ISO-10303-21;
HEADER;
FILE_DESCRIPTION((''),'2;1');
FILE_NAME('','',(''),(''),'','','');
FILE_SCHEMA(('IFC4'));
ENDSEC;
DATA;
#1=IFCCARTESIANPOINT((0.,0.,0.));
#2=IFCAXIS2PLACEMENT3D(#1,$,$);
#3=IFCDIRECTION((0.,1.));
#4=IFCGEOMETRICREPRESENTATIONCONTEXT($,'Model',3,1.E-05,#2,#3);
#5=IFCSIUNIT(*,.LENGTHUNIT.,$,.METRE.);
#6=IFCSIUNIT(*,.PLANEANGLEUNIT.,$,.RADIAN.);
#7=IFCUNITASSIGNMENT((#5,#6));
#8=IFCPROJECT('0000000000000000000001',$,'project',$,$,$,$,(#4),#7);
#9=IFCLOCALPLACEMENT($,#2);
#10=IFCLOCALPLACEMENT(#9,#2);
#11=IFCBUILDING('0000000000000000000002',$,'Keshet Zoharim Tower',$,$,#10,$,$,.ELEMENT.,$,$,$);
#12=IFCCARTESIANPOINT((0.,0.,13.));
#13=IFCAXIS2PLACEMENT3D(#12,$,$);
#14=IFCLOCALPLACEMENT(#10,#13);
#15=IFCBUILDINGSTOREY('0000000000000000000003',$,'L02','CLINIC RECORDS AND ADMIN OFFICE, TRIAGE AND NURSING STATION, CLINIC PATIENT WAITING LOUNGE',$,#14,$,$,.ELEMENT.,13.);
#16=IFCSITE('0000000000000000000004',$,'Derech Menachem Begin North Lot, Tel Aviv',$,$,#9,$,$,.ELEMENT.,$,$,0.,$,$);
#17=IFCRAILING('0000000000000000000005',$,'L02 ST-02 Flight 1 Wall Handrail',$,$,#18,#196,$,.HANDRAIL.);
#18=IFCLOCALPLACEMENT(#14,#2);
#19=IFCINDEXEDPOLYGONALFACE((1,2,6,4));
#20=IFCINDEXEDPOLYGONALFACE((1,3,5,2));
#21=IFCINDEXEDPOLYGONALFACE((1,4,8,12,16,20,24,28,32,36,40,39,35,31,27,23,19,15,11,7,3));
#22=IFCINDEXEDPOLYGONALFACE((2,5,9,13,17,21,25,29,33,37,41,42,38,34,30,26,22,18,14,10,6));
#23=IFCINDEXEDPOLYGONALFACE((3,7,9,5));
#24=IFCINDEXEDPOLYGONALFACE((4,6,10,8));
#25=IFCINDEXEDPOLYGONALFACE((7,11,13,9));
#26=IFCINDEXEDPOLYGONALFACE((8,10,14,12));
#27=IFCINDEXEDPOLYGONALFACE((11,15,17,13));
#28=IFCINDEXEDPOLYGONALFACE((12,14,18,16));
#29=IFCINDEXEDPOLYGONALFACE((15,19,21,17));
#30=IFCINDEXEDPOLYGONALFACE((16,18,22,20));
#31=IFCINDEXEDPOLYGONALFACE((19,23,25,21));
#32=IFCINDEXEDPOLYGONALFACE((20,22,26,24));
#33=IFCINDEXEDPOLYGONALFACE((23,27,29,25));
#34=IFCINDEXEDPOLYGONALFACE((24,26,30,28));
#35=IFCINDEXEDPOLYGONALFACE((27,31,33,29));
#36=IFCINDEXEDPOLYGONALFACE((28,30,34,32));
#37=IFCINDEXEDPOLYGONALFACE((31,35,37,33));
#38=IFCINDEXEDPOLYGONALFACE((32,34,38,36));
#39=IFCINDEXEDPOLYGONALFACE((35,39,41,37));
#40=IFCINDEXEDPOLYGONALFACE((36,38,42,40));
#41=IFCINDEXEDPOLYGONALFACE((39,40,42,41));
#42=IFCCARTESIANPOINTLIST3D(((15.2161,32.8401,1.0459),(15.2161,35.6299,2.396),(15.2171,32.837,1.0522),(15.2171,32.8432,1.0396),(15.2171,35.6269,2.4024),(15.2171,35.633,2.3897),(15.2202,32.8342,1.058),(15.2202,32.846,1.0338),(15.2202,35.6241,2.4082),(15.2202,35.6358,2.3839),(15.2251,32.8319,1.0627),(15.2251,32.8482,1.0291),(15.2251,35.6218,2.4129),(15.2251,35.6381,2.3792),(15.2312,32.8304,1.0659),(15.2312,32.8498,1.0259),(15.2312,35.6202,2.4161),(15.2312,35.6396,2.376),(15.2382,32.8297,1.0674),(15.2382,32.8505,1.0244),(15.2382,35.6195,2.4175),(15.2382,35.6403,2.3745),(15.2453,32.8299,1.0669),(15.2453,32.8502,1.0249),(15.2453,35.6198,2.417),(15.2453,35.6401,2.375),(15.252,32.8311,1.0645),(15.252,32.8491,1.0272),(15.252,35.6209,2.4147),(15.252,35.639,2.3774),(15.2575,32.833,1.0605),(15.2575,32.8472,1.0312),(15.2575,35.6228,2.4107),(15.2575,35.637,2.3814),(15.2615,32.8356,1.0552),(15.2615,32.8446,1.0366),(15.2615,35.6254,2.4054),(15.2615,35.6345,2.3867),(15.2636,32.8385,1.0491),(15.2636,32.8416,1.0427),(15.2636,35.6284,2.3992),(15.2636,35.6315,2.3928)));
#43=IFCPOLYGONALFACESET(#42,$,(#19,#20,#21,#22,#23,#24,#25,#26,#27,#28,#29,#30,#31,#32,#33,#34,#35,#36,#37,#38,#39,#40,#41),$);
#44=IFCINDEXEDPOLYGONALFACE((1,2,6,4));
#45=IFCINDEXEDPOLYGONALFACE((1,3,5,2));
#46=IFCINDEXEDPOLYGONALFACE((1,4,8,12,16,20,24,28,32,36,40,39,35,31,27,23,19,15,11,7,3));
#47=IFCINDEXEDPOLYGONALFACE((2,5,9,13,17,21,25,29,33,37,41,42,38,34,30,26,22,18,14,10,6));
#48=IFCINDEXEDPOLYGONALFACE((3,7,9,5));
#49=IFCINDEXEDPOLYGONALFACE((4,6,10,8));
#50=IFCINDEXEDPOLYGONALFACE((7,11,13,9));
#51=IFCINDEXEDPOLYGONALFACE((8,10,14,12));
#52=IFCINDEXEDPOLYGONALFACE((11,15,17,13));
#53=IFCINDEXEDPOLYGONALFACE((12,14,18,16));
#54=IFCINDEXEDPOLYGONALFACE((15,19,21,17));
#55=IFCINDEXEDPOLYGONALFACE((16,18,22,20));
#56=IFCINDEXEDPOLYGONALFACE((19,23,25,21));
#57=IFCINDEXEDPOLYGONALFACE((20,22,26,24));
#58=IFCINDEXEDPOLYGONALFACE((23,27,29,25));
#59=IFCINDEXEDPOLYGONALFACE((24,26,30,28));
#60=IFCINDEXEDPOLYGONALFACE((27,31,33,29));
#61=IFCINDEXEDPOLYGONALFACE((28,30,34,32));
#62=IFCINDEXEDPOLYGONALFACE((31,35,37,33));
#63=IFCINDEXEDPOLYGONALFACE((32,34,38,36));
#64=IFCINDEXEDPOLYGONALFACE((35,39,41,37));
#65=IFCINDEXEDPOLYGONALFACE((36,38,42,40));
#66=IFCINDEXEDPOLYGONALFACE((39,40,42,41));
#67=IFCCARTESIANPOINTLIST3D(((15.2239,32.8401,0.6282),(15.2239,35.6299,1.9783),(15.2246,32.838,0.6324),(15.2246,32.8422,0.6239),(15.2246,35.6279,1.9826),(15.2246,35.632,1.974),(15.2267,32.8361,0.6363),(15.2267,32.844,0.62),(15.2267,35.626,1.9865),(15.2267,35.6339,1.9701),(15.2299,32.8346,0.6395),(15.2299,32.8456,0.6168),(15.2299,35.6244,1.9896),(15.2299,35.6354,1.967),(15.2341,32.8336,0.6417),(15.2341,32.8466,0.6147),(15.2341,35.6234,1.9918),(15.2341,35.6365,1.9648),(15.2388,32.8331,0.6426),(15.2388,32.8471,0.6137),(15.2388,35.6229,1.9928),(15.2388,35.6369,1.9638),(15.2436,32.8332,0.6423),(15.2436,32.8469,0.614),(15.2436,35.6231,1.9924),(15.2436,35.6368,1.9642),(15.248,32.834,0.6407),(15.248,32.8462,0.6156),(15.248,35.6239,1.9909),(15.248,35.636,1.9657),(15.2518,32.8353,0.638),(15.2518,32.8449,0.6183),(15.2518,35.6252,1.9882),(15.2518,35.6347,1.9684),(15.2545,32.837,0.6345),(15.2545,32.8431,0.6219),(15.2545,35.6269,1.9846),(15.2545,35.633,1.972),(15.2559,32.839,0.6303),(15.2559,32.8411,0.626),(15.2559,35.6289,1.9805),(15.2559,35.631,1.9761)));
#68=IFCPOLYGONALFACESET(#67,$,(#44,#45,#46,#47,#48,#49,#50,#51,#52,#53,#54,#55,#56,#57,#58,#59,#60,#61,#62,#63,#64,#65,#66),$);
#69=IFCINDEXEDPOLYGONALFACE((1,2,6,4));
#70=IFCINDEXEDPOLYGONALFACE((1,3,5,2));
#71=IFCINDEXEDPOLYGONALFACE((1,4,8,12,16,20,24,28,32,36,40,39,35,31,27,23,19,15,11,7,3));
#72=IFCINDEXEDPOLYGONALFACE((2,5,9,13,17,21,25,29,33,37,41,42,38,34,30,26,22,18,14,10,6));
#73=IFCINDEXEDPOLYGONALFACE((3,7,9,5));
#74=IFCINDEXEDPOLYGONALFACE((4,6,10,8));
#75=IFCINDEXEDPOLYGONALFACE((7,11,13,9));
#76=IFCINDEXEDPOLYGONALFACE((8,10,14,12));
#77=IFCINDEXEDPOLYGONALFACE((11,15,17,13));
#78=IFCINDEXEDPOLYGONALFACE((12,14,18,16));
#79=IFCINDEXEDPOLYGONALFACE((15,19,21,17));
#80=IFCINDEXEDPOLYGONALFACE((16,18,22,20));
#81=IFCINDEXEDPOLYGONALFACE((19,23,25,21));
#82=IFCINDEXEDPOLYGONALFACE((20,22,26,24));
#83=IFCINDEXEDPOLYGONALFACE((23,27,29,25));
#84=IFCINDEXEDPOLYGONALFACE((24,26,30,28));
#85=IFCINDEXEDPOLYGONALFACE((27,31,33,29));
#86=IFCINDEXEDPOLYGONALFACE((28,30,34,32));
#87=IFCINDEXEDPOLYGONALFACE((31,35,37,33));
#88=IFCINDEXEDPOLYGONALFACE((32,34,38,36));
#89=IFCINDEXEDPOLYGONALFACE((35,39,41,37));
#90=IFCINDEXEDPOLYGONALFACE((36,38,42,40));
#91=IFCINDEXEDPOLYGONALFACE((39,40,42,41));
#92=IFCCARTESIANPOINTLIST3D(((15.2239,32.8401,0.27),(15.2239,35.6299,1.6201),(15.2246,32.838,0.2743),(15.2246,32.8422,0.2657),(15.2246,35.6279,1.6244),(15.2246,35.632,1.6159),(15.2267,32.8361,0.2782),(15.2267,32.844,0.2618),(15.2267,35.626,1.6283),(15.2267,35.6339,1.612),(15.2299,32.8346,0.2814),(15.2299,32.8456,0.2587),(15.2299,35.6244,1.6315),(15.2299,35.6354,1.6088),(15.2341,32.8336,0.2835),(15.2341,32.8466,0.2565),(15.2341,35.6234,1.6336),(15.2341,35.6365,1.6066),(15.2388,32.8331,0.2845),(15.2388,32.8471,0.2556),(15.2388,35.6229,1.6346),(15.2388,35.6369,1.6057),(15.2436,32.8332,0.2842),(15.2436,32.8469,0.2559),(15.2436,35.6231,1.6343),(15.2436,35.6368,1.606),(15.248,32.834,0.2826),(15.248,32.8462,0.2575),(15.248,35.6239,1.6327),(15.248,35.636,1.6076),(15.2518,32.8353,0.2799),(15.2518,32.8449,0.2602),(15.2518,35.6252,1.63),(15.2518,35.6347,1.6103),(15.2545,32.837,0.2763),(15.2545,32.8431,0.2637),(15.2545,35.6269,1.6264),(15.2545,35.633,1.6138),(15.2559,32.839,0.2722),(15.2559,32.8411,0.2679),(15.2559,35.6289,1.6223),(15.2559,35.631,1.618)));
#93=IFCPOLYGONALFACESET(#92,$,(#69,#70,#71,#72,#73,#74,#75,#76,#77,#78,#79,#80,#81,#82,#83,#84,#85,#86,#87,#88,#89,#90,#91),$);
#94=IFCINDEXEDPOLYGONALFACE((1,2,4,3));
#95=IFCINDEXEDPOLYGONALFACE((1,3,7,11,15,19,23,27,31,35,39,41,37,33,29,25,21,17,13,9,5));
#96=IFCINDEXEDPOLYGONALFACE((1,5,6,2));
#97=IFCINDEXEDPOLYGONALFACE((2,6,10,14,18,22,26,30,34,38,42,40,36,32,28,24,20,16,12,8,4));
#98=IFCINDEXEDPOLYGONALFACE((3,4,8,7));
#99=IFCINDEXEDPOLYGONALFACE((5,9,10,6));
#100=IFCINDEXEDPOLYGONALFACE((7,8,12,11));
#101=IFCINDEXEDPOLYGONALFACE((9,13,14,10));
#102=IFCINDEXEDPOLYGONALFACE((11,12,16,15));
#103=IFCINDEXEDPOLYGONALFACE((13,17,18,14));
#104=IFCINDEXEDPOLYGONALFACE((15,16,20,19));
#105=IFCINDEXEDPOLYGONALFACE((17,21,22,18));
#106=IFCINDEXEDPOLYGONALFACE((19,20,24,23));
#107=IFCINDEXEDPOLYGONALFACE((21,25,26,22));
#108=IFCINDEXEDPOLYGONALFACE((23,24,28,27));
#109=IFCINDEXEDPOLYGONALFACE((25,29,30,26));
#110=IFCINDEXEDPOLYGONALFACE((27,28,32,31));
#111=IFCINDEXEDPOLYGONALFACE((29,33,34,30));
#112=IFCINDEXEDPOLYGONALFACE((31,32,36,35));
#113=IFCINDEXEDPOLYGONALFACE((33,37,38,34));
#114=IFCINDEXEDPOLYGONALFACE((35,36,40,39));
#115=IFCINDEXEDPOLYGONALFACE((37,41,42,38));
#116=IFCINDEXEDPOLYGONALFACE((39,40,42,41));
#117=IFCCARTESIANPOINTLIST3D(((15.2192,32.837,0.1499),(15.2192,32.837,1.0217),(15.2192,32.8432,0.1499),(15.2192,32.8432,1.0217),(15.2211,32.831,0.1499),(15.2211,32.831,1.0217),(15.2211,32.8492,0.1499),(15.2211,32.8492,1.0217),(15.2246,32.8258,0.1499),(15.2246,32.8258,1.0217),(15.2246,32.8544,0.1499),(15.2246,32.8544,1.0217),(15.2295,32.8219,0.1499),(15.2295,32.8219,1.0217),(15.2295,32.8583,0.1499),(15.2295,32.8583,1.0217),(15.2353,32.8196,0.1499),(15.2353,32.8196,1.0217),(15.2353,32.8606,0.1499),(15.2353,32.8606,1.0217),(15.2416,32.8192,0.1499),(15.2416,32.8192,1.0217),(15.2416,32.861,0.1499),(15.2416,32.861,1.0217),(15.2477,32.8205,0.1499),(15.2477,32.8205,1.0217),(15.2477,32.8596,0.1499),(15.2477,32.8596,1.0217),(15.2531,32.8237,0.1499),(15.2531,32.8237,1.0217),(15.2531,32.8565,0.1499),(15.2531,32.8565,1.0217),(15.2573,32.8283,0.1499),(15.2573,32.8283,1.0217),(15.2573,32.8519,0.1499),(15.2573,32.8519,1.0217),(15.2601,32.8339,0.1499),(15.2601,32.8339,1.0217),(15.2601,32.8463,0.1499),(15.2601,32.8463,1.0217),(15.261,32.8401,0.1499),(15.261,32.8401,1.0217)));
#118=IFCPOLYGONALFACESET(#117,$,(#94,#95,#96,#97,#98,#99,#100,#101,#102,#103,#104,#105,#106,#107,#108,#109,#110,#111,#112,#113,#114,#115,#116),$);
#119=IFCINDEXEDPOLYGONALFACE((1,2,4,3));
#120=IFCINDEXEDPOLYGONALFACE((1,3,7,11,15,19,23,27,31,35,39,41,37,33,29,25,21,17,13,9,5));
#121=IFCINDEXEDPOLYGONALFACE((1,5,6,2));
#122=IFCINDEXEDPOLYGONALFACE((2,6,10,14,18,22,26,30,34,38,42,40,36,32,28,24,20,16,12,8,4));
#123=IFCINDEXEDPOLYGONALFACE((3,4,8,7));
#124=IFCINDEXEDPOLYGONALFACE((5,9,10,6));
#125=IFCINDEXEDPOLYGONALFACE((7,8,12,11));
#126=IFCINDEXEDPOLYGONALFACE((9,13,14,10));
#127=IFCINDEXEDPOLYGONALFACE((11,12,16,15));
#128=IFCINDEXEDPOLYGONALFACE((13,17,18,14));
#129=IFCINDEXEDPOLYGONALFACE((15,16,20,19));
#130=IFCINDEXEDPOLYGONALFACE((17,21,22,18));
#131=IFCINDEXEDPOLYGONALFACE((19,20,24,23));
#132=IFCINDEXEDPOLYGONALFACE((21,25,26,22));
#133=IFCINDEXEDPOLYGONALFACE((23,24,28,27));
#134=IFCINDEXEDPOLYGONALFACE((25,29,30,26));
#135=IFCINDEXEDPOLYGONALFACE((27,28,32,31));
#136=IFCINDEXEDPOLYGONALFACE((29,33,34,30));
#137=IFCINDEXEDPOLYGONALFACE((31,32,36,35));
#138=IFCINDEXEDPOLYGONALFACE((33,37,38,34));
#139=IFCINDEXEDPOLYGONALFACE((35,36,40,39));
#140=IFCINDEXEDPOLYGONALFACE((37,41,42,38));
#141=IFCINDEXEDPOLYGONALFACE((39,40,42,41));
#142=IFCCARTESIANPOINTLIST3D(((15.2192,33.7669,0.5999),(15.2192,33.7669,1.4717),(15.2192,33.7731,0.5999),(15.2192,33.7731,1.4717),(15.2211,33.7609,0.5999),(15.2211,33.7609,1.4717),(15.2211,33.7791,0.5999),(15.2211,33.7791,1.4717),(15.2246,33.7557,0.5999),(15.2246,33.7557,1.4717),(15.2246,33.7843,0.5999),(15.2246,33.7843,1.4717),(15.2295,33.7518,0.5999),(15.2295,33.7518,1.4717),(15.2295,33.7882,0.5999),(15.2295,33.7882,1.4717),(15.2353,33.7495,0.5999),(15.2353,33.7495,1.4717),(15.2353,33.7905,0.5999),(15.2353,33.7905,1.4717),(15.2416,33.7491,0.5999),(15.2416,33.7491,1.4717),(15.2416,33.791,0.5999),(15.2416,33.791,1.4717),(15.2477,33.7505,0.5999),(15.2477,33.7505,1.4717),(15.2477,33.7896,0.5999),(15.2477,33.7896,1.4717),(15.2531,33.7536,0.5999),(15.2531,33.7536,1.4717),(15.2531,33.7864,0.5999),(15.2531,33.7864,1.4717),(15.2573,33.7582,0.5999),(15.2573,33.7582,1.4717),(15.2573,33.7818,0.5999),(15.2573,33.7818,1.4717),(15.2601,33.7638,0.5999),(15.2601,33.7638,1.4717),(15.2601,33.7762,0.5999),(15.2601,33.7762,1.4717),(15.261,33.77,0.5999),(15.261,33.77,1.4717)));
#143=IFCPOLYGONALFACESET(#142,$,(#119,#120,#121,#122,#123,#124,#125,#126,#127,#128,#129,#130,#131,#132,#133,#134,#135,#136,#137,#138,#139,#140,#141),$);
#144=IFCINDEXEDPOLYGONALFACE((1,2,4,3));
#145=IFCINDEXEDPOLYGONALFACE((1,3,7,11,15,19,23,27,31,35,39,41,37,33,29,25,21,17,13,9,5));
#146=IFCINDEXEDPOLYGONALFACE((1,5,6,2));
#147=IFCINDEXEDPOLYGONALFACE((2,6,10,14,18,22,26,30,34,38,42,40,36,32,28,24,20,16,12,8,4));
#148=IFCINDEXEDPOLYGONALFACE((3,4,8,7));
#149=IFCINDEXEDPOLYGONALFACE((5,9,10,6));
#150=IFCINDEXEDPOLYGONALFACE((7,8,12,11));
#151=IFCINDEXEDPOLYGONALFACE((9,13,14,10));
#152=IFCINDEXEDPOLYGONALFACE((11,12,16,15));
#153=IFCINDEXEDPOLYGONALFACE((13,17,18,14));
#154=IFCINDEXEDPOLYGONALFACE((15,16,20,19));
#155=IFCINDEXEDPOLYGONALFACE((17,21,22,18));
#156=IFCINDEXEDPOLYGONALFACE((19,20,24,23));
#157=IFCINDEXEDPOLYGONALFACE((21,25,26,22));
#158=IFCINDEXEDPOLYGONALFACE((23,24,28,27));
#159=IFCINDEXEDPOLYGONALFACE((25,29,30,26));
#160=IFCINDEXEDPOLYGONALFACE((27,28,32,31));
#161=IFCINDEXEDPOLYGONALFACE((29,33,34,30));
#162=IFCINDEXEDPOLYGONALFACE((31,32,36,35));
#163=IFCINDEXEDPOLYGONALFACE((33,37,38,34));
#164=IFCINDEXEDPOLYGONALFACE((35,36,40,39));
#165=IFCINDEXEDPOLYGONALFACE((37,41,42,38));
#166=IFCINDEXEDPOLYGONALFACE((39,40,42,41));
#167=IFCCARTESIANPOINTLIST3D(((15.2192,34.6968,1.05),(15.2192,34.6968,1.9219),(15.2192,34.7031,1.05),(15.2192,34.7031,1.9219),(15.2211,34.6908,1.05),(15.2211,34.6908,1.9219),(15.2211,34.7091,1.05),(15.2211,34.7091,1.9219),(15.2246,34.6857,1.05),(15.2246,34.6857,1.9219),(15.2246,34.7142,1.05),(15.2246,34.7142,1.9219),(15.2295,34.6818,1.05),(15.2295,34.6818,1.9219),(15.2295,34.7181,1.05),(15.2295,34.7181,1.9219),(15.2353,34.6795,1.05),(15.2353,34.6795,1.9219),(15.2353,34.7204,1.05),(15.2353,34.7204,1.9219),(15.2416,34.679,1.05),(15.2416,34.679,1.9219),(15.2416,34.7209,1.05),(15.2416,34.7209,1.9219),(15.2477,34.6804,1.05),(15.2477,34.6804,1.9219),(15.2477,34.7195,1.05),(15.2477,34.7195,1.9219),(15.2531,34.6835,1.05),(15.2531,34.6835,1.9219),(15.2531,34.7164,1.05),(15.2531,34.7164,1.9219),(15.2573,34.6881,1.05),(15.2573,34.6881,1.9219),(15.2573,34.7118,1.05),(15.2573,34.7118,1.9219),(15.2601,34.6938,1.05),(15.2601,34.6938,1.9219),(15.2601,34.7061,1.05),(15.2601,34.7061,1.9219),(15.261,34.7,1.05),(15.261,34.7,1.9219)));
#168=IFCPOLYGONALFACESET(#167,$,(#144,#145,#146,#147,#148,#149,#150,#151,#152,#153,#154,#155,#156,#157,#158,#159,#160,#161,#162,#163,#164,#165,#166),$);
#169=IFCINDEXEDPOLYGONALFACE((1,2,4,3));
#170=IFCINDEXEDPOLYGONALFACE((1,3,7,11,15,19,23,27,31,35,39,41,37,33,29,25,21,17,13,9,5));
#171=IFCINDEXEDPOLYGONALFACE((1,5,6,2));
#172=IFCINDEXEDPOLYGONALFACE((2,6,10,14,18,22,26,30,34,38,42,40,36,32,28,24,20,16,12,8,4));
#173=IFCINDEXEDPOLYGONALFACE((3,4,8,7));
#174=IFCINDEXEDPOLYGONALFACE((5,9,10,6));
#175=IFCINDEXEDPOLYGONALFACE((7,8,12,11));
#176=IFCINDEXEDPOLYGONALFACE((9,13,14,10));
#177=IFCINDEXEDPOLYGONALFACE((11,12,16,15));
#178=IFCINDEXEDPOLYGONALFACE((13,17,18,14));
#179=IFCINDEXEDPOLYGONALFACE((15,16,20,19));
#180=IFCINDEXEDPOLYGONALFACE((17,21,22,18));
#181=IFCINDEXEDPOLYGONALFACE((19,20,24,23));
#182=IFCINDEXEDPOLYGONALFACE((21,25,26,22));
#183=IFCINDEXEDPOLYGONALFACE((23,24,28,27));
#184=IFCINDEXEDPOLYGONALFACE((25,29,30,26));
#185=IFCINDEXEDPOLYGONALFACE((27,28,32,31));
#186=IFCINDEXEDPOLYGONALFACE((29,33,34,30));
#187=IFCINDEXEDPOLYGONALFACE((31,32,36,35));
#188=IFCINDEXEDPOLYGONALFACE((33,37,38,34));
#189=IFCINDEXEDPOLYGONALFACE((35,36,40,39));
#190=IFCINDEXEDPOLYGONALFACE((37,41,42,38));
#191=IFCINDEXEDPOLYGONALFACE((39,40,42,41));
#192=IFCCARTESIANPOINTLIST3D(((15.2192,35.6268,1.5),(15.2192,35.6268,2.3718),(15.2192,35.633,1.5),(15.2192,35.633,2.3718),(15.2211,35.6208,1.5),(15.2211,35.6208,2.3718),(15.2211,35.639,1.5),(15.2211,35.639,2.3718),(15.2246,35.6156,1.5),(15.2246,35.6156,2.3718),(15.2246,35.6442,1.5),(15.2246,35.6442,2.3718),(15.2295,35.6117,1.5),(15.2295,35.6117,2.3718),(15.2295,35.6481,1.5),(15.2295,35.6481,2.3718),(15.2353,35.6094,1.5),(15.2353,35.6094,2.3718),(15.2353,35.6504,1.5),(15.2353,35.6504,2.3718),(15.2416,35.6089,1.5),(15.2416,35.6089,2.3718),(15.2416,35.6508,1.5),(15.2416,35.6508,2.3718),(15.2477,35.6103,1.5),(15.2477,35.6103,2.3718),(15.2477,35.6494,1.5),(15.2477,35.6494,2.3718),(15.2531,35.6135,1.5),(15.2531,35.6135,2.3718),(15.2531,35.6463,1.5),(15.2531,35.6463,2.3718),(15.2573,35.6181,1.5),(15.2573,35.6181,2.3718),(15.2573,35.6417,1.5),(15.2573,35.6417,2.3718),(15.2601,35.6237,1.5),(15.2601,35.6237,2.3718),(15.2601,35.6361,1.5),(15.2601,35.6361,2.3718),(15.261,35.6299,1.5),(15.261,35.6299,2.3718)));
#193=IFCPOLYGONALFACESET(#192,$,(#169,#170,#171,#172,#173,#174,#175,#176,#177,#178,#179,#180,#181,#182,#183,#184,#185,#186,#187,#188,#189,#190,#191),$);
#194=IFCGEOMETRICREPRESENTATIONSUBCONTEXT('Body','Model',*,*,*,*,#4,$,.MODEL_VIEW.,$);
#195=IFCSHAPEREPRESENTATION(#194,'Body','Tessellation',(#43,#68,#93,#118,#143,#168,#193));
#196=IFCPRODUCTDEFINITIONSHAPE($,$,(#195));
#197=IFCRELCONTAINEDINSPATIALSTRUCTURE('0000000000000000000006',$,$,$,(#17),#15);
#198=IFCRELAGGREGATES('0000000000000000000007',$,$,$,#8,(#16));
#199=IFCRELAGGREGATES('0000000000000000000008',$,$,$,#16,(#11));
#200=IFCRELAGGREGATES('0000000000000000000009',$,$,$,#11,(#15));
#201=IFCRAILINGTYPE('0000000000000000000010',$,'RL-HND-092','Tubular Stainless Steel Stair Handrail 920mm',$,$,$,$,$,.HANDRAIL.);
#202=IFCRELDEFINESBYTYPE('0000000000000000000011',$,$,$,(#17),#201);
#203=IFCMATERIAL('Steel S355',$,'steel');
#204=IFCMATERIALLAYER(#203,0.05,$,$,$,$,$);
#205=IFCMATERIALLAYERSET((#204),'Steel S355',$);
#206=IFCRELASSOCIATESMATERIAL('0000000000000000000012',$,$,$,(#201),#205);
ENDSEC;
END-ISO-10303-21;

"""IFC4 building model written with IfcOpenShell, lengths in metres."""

from ifc_helpers import new_model, si_unit, direction, frame, origin, origin_2d, place, context, subcontext, project, spatial, circle, extrude, material, layer, layer_set, type_object, element, save


model = new_model("IFC4")

# Units and contexts
model_context = context("Model", 3, precision=1e-05, world=origin(), true_north=direction((0.0, 1.0)))
body_context = subcontext(model_context, "Body", "Model", "MODEL_VIEW")
ifc_project = project(units=[si_unit("LENGTHUNIT", "METRE"), si_unit("PLANEANGLEUNIT", "RADIAN")], contexts=[model_context])

# Site, building, storey
site_placement = place(None, origin())
site = spatial("IfcSite", under=ifc_project, at=site_placement, Name="Derech Menachem Begin North Lot, Tel Aviv", CompositionType="ELEMENT", RefElevation=0.0)
building_placement = place(site_placement, origin())
building = spatial("IfcBuilding", under=site, at=building_placement, Name="Keshet Zoharim Tower", CompositionType="ELEMENT")
storey_placement = place(building_placement, frame((0.0, 0.0, 13.0)))
storey = spatial("IfcBuildingStorey", under=building, at=storey_placement, Name="L02", Description="CLINIC RECORDS AND ADMIN OFFICE, TRIAGE AND NURSING STATION, CLINIC PATIENT WAITING LOUNGE", CompositionType="ELEMENT", Elevation=13.0)

# Shared definitions
ifc_material_1 = material(Name="Steel S355", Category="steel")

# Railing
ifc_layer_1 = layer(ifc_material_1, 0.05)
ifc_layer_set_1 = layer_set([ifc_layer_1], Name="Steel S355")
railing_type_1 = type_object("IfcRailingType", Name="RL-HND-092", Description="Tubular Stainless Steel Stair Handrail 920mm", PredefinedType="HANDRAIL", material=ifc_layer_set_1)
for number, where, name in (
    (1, (15.24, 32.8401, 0.1499), "L02 ST-02 Flight 1 Wall Handrail"),
):
    element("IfcRailing", number, at=place(storey_placement, frame(where)), inside=storey, type_object=railing_type_1, Name=name, PredefinedType="HANDRAIL", context=body_context, shape_type="SweptSolid", body=[
        extrude(circle(Radius=0.0239, at=origin_2d()), frame((0.0, 0.0, 0.896), z_axis=(0.0, 0.900134, 0.435612), x_axis=(-1.0, 0.0, 0.0)), (0.0, 0.0, 1.0), 3.0994),
        extrude(circle(Radius=0.0161, at=origin_2d()), frame((0.0, 0.0, 0.4783), z_axis=(0.0, 0.900134, 0.435612), x_axis=(-1.0, 0.0, 0.0)), (0.0, 0.0, 1.0), 3.0994),
        extrude(circle(Radius=0.0161, at=origin_2d()), frame((0.0, 0.0, 0.1201), z_axis=(0.0, 0.900134, 0.435612), x_axis=(-1.0, 0.0, 0.0)), (0.0, 0.0, 1.0), 3.0994),
        extrude(circle(Radius=0.021, at=origin_2d()), origin(), (0.0, 0.0, 1.0), 0.8718),
        extrude(circle(Radius=0.021, at=origin_2d()), frame((0.0, 0.9299, 0.45)), (0.0, 0.0, 1.0), 0.8718),
        extrude(circle(Radius=0.021, at=origin_2d()), frame((0.0, 1.8599, 0.9001)), (0.0, 0.0, 1.0), 0.8718),
        extrude(circle(Radius=0.021, at=origin_2d()), frame((0.0, 2.7898, 1.3501)), (0.0, 0.0, 1.0), 0.8718),
    ])

save(model, "model.ifc")
